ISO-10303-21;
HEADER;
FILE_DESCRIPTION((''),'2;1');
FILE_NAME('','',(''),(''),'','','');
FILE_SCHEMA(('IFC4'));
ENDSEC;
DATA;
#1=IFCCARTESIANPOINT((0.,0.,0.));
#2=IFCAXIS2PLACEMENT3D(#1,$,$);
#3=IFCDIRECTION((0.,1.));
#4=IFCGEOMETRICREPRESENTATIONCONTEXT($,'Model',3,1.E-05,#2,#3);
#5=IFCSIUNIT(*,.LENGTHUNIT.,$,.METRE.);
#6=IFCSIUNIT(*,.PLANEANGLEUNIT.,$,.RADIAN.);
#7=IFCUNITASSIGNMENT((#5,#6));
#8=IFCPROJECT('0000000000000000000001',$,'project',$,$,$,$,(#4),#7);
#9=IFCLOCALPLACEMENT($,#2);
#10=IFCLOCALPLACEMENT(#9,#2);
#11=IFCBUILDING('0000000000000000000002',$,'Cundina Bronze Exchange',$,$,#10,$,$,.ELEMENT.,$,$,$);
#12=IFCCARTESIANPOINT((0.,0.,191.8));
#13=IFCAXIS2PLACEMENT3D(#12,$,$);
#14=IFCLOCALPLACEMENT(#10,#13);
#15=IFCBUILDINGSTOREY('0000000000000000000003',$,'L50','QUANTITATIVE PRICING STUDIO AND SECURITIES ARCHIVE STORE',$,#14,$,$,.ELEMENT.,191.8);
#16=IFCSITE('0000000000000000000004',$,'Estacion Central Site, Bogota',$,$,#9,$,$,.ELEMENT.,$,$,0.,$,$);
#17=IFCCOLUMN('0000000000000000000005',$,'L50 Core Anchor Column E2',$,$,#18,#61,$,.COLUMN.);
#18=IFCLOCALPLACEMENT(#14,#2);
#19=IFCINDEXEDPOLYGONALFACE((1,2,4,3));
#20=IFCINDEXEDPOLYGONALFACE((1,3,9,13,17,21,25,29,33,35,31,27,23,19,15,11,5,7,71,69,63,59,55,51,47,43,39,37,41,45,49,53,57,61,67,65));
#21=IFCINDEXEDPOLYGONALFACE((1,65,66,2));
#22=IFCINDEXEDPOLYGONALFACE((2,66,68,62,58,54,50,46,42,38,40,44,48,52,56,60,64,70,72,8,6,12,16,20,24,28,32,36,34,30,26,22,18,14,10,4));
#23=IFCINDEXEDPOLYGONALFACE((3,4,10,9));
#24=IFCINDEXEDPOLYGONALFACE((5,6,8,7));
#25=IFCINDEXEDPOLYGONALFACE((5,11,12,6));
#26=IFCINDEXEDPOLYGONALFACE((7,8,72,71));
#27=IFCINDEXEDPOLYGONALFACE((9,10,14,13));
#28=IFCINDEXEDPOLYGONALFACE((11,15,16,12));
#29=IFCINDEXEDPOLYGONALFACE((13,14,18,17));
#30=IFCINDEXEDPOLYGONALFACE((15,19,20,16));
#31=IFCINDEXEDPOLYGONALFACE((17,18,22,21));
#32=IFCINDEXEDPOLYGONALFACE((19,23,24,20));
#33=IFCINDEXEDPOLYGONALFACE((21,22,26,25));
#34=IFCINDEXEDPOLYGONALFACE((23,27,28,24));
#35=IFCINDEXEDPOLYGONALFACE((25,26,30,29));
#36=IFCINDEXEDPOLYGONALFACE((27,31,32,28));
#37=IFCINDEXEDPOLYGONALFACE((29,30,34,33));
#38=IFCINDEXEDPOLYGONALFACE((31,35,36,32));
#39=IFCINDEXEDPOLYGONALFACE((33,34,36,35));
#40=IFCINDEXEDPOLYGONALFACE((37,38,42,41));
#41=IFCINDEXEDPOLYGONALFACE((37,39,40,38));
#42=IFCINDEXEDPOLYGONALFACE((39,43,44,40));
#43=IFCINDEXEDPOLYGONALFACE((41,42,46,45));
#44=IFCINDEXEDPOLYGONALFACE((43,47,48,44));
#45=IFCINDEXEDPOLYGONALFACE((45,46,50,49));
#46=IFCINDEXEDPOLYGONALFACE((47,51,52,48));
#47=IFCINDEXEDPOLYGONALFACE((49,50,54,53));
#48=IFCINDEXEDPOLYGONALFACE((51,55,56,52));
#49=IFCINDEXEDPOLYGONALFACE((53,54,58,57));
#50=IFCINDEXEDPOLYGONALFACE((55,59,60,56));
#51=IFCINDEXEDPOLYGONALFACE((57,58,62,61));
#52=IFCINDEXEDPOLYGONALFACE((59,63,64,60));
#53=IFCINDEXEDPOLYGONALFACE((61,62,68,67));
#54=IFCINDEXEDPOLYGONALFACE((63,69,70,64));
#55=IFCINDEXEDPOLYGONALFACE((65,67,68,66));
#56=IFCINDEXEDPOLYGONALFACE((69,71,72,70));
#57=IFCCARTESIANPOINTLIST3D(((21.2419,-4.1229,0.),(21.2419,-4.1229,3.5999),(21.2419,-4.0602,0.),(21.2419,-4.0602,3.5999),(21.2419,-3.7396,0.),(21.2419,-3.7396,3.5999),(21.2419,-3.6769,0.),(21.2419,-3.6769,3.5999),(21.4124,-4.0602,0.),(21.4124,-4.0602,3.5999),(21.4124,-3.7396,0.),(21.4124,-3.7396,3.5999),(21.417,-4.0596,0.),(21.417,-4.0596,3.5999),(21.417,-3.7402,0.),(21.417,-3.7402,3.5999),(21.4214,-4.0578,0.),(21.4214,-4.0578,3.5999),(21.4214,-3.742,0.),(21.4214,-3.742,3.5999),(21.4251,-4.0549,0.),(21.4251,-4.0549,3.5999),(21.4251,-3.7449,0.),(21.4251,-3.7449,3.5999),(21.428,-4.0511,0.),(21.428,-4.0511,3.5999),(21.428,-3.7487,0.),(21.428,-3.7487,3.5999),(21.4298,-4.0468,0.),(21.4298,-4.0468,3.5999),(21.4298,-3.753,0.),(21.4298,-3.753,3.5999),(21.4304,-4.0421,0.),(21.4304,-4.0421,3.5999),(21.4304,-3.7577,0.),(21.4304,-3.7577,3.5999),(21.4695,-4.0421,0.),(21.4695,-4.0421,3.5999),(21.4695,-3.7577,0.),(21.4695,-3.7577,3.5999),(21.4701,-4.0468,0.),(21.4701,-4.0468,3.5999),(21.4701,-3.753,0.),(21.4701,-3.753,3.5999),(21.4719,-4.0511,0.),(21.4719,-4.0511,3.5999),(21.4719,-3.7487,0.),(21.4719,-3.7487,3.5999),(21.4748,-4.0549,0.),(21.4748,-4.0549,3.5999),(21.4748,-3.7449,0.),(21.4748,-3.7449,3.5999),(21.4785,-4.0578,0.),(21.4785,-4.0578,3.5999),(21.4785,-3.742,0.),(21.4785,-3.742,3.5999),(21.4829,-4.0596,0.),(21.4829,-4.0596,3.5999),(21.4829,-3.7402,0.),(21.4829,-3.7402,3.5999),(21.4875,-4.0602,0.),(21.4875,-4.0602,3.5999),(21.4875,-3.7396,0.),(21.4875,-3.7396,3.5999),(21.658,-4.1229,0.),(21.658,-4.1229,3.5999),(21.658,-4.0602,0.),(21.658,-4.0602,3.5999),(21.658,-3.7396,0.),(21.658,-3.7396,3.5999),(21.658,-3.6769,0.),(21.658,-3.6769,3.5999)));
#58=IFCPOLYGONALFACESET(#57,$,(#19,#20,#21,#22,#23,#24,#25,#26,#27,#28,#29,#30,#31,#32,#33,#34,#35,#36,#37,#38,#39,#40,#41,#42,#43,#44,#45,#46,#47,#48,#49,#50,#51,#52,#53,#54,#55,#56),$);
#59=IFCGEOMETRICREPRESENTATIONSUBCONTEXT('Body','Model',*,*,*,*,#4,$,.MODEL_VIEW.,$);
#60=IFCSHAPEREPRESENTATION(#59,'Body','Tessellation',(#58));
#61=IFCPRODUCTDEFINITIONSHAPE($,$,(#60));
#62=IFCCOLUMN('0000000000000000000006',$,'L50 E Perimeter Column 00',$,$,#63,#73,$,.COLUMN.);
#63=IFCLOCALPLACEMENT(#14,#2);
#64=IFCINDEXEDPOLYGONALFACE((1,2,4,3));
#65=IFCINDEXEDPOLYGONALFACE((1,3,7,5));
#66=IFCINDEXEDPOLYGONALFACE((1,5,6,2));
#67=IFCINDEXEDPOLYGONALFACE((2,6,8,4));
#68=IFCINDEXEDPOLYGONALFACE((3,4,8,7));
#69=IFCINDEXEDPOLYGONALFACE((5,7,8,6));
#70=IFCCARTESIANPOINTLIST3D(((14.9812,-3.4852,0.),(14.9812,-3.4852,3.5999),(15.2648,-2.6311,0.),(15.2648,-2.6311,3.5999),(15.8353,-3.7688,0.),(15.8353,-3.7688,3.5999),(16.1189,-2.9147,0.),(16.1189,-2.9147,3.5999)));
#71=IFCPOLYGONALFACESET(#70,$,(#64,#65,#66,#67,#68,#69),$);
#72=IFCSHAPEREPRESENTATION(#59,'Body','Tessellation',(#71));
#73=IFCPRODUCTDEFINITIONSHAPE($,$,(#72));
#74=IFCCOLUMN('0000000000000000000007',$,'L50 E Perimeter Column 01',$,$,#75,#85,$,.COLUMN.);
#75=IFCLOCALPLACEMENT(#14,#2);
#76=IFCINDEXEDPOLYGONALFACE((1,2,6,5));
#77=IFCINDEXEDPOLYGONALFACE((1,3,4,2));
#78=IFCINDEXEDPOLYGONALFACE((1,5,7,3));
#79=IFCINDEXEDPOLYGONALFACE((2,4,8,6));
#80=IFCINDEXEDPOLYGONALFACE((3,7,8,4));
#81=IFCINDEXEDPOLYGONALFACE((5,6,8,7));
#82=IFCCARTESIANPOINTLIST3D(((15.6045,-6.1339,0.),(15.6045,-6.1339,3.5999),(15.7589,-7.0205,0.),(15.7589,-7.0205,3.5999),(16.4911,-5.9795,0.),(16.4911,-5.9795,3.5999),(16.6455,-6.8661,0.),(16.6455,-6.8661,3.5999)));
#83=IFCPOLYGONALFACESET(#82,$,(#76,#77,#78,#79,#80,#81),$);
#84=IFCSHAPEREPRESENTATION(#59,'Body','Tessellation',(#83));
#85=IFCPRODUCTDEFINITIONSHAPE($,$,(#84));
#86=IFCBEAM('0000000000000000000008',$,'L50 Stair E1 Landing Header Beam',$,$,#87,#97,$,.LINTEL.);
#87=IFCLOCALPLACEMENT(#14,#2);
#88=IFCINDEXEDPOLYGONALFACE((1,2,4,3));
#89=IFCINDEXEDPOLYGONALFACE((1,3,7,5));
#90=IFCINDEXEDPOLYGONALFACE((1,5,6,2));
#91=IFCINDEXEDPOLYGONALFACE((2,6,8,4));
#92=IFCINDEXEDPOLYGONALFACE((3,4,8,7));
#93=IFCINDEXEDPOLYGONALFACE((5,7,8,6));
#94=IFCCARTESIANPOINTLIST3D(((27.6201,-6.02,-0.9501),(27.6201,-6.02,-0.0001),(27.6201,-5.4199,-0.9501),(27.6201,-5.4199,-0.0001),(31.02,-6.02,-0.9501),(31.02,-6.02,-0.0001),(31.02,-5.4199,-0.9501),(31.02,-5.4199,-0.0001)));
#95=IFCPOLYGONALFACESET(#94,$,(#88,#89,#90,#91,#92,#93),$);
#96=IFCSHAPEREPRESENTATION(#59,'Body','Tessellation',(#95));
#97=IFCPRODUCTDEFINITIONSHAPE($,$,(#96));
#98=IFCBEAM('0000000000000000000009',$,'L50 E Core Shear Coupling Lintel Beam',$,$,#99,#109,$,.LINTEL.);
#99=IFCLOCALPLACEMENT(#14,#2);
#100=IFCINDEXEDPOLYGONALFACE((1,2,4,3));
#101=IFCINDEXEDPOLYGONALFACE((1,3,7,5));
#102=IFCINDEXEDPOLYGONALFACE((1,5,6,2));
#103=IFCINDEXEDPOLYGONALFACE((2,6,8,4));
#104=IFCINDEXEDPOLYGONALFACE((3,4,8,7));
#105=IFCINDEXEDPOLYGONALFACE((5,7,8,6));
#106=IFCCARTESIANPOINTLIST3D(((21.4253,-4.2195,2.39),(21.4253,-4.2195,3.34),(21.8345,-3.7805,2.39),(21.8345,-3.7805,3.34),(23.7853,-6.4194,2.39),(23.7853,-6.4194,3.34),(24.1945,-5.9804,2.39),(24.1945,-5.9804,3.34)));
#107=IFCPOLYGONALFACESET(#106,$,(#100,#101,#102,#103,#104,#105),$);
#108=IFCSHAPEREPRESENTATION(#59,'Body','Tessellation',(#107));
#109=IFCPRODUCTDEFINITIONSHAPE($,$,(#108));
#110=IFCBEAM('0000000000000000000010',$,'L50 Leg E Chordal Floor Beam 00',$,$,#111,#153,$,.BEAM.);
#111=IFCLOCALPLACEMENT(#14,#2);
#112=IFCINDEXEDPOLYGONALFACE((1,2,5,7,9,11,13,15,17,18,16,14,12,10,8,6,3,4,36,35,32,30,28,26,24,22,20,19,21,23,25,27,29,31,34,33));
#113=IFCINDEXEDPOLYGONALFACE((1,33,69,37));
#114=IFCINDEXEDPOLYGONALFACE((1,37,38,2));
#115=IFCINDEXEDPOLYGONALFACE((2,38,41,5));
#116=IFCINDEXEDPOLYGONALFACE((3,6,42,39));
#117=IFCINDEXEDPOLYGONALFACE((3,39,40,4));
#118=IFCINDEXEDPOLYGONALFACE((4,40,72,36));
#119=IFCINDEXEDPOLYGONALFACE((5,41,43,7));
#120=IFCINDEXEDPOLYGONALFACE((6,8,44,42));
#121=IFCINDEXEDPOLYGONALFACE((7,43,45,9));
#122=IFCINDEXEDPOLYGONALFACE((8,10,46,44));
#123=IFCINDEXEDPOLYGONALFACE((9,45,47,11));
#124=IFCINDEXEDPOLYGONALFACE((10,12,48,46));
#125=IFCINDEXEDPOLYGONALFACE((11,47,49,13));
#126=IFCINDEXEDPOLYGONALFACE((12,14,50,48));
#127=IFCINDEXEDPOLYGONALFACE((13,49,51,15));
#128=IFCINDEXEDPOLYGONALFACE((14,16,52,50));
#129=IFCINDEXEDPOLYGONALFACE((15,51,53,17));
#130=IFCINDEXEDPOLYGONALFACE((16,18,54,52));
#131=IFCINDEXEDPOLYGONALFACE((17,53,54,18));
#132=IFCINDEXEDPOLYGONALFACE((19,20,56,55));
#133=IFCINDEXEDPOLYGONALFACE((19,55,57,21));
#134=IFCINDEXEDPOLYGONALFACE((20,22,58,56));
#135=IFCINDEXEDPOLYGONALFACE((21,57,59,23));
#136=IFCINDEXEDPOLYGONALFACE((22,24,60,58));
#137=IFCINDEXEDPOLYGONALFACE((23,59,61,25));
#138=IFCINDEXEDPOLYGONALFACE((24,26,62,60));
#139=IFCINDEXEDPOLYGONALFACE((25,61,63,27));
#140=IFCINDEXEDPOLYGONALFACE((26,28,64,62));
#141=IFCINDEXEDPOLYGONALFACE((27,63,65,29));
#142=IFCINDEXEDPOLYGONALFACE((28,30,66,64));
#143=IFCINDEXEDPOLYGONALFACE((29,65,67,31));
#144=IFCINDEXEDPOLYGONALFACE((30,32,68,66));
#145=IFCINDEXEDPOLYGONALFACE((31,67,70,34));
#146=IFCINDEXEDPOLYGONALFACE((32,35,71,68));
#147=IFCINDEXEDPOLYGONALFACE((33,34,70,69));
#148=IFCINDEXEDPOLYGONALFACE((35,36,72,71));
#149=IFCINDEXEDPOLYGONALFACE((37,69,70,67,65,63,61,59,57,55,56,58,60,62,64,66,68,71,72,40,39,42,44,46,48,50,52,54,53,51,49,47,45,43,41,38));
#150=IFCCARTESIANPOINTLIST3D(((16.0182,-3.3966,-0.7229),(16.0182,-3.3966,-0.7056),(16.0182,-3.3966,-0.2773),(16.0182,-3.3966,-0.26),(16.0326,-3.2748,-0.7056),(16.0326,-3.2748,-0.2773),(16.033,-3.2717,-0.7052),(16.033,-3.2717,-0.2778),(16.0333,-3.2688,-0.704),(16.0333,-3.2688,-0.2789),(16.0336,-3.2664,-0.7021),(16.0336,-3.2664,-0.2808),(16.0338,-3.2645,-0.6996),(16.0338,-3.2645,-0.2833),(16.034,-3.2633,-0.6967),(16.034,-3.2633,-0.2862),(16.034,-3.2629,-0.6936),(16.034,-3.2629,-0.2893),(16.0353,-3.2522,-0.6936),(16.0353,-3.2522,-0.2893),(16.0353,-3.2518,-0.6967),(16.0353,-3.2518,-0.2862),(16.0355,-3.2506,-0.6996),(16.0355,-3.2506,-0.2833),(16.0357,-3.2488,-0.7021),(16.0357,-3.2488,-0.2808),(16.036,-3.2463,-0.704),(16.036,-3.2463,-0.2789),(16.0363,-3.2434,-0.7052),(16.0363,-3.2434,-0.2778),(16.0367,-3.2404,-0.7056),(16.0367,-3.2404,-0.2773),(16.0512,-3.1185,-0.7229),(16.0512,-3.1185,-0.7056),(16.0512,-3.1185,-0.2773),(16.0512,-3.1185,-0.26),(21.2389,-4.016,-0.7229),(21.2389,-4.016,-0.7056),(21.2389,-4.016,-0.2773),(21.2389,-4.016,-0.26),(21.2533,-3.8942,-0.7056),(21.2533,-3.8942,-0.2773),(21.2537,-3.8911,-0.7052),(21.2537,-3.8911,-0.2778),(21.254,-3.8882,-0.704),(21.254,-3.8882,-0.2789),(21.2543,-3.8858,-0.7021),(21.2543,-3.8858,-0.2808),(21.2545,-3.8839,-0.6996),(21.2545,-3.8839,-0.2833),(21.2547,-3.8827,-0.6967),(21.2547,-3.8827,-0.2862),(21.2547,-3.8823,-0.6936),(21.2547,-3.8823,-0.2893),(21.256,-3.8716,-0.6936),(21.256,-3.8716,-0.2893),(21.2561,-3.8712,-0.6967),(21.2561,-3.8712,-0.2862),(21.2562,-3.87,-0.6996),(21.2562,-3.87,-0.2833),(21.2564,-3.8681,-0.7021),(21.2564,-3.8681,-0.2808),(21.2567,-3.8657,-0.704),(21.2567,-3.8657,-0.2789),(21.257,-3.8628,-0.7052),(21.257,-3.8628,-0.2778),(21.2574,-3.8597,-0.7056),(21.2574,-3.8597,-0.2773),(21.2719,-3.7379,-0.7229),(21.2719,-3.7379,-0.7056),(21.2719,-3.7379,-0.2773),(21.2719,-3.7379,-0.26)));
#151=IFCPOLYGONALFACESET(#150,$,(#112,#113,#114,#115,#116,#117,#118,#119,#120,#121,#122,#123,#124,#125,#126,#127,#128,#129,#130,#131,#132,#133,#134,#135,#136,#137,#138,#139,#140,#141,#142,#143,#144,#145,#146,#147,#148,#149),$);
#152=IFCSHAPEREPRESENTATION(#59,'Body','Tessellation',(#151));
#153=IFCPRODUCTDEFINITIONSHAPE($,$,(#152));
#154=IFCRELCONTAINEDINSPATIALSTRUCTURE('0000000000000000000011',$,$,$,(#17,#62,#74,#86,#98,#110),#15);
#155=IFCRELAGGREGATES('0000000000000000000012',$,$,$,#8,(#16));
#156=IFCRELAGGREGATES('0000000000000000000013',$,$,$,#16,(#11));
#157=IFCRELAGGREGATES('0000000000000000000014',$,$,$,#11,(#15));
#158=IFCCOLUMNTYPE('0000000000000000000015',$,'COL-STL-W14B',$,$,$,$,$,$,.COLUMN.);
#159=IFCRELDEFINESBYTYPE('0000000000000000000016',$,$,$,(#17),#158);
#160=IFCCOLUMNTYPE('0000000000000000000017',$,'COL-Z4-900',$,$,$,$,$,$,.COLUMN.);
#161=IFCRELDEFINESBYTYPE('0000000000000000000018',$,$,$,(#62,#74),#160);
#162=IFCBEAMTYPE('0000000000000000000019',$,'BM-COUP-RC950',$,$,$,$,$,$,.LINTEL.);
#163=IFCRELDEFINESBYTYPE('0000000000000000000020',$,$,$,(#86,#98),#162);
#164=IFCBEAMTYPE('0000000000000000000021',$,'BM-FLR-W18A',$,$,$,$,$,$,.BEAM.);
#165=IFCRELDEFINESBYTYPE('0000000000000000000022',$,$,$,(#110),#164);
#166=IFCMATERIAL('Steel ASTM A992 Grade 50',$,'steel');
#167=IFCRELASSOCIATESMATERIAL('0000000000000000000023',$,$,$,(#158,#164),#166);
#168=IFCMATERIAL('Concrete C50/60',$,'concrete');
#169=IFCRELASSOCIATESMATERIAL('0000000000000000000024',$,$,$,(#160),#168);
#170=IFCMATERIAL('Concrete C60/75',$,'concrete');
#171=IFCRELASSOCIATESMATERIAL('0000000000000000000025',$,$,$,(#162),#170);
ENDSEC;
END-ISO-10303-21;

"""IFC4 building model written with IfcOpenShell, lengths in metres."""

from ifc_helpers import new_model, si_unit, direction, frame, origin, origin_2d, place, context, subcontext, project, spatial, rectangle, i_section, extrude, material, material_profile, profile_set, type_object, element, save


model = new_model("IFC4")

# Units and contexts
model_context = context("Model", 3, precision=1e-05, world=origin(), true_north=direction((0.0, 1.0)))
body_context = subcontext(model_context, "Body", "Model", "MODEL_VIEW")
ifc_project = project(units=[si_unit("LENGTHUNIT", "METRE"), si_unit("PLANEANGLEUNIT", "RADIAN")], contexts=[model_context])

# Site, building, storey
site_placement = place(None, origin())
site = spatial("IfcSite", under=ifc_project, at=site_placement, Name="Estacion Central Site, Bogota", CompositionType="ELEMENT", RefElevation=0.0)
building_placement = place(site_placement, origin())
building = spatial("IfcBuilding", under=site, at=building_placement, Name="Cundina Bronze Exchange", CompositionType="ELEMENT")
storey_placement = place(building_placement, frame((0.0, 0.0, 191.8)))
storey = spatial("IfcBuildingStorey", under=building, at=storey_placement, Name="L50", Description="QUANTITATIVE PRICING STUDIO AND SECURITIES ARCHIVE STORE", CompositionType="ELEMENT", Elevation=191.8)

# Columns
ifc_material_1 = material(Name="Steel ASTM A992 Grade 50", Category="steel")
ifc_material_profile_1 = material_profile(ifc_material_1, i_section(OverallWidth=0.416, OverallDepth=0.446, WebThickness=0.0391, FlangeThickness=0.0627, FilletRadius=0.0181, at=origin_2d()), Name="W14X342", Category="steel")
ifc_profile_set_1 = profile_set([ifc_material_profile_1], Name="Steel ASTM A992 Grade 50")
column_type_1 = type_object("IfcColumnType", Name="COL-STL-W14B", PredefinedType="COLUMN", material=ifc_profile_set_1)
column_placement = place(storey_placement, frame((21.45, -3.8999, 0.0), z_axis=(0.0, 0.0, 1.0), x_axis=(1.0, 0.0, 0.0)))
element("IfcColumn", 1, at=column_placement, inside=storey, type_object=column_type_1, Name="L50 Core Anchor Column E2", PredefinedType="COLUMN", context=body_context, shape_type="SweptSolid", body=[
    extrude(i_section(OverallWidth=0.416, OverallDepth=0.446, WebThickness=0.0391, FlangeThickness=0.0627, FilletRadius=0.0181, at=origin_2d()), origin(), (0.0, 0.0, 1.0), 3.5999),
])
ifc_material_2 = material(Name="Concrete C50/60", Category="concrete")
ifc_material_profile_2 = material_profile(ifc_material_2, rectangle(XDim=0.8999, YDim=0.8999, at=origin_2d()), Name="RC900X900", Category="concrete")
ifc_profile_set_2 = profile_set([ifc_material_profile_2], Name="Concrete C50/60")
column_type_2 = type_object("IfcColumnType", Name="COL-Z4-900", PredefinedType="COLUMN", material=ifc_profile_set_2)
for number, where, z_axis, x_axis, name in (
    (2, (15.55, -3.2, 0.0), (0.0, 0.0, 1.0), (-0.315152, -0.949041, 0.0), "L50 E Perimeter Column 00"),
    (3, (16.125, -6.5, 0.0), (0.0, 0.0, 1.0), (0.171585, -0.985169, 0.0), "L50 E Perimeter Column 01"),
):
    element("IfcColumn", number, at=place(storey_placement, frame(where, z_axis=z_axis, x_axis=x_axis)), inside=storey, type_object=column_type_2, Name=name, PredefinedType="COLUMN", context=body_context, shape_type="SweptSolid", body=[
        extrude(rectangle(XDim=0.8999, YDim=0.8999, at=origin_2d()), origin(), (0.0, 0.0, 1.0), 3.5999),
    ])

# Beams
ifc_material_3 = material(Name="Concrete C60/75", Category="concrete")
ifc_material_profile_3 = material_profile(ifc_material_3, rectangle(XDim=0.6001, YDim=0.95, at=origin_2d()), Name="RC600X950", Category="concrete")
ifc_profile_set_3 = profile_set([ifc_material_profile_3], Name="Concrete C60/75")
beam_type_1 = type_object("IfcBeamType", Name="BM-COUP-RC950", PredefinedType="LINTEL", material=ifc_profile_set_3)
beam_1_placement = place(storey_placement, frame((27.6201, -5.72, -0.4751), z_axis=(1.0, 0.0, 0.0), x_axis=(0.0, 1.0, 0.0)))
element("IfcBeam", 4, at=beam_1_placement, inside=storey, type_object=beam_type_1, Name="L50 Stair E1 Landing Header Beam", PredefinedType="LINTEL", context=body_context, shape_type="SweptSolid", body=[
    extrude(rectangle(XDim=0.6001, YDim=0.95, at=origin_2d()), origin(), (0.0, 0.0, 1.0), 3.3999),
])
beam_2_placement = place(storey_placement, frame((21.6299, -4.0, 2.865), z_axis=(0.73149, -0.681852, 0.0), x_axis=(0.681852, 0.73149, 0.0)))
element("IfcBeam", 5, at=beam_2_placement, inside=storey, type_object=beam_type_1, Name="L50 E Core Shear Coupling Lintel Beam", PredefinedType="LINTEL", context=body_context, shape_type="SweptSolid", body=[
    extrude(rectangle(XDim=0.6001, YDim=0.95, at=origin_2d()), origin(), (0.0, 0.0, 1.0), 3.2263),
])
ifc_material_profile_4 = material_profile(ifc_material_1, i_section(OverallWidth=0.28, OverallDepth=0.4629, WebThickness=0.0107, FlangeThickness=0.0173, FilletRadius=0.012, at=origin_2d()), Name="W18X76", Category="steel")
ifc_profile_set_4 = profile_set([ifc_material_profile_4], Name="Steel ASTM A992 Grade 50")
beam_type_2 = type_object("IfcBeamType", Name="BM-FLR-W18A", PredefinedType="BEAM", material=ifc_profile_set_4)
beam_3_placement = place(storey_placement, frame((21.2554, -3.877, -0.4915), z_axis=(-0.993036, 0.117814, 0.0), x_axis=(-0.117814, -0.993036, 0.0)))
element("IfcBeam", 6, at=beam_3_placement, inside=storey, type_object=beam_type_2, Name="L50 Leg E Chordal Floor Beam 00", PredefinedType="BEAM", context=body_context, shape_type="SweptSolid", body=[
    extrude(i_section(OverallWidth=0.28, OverallDepth=0.4629, WebThickness=0.0107, FlangeThickness=0.0173, FilletRadius=0.012, at=origin_2d()), origin(), (0.0, 0.0, 1.0), 5.2573),
])

save(model, "model.ifc")
